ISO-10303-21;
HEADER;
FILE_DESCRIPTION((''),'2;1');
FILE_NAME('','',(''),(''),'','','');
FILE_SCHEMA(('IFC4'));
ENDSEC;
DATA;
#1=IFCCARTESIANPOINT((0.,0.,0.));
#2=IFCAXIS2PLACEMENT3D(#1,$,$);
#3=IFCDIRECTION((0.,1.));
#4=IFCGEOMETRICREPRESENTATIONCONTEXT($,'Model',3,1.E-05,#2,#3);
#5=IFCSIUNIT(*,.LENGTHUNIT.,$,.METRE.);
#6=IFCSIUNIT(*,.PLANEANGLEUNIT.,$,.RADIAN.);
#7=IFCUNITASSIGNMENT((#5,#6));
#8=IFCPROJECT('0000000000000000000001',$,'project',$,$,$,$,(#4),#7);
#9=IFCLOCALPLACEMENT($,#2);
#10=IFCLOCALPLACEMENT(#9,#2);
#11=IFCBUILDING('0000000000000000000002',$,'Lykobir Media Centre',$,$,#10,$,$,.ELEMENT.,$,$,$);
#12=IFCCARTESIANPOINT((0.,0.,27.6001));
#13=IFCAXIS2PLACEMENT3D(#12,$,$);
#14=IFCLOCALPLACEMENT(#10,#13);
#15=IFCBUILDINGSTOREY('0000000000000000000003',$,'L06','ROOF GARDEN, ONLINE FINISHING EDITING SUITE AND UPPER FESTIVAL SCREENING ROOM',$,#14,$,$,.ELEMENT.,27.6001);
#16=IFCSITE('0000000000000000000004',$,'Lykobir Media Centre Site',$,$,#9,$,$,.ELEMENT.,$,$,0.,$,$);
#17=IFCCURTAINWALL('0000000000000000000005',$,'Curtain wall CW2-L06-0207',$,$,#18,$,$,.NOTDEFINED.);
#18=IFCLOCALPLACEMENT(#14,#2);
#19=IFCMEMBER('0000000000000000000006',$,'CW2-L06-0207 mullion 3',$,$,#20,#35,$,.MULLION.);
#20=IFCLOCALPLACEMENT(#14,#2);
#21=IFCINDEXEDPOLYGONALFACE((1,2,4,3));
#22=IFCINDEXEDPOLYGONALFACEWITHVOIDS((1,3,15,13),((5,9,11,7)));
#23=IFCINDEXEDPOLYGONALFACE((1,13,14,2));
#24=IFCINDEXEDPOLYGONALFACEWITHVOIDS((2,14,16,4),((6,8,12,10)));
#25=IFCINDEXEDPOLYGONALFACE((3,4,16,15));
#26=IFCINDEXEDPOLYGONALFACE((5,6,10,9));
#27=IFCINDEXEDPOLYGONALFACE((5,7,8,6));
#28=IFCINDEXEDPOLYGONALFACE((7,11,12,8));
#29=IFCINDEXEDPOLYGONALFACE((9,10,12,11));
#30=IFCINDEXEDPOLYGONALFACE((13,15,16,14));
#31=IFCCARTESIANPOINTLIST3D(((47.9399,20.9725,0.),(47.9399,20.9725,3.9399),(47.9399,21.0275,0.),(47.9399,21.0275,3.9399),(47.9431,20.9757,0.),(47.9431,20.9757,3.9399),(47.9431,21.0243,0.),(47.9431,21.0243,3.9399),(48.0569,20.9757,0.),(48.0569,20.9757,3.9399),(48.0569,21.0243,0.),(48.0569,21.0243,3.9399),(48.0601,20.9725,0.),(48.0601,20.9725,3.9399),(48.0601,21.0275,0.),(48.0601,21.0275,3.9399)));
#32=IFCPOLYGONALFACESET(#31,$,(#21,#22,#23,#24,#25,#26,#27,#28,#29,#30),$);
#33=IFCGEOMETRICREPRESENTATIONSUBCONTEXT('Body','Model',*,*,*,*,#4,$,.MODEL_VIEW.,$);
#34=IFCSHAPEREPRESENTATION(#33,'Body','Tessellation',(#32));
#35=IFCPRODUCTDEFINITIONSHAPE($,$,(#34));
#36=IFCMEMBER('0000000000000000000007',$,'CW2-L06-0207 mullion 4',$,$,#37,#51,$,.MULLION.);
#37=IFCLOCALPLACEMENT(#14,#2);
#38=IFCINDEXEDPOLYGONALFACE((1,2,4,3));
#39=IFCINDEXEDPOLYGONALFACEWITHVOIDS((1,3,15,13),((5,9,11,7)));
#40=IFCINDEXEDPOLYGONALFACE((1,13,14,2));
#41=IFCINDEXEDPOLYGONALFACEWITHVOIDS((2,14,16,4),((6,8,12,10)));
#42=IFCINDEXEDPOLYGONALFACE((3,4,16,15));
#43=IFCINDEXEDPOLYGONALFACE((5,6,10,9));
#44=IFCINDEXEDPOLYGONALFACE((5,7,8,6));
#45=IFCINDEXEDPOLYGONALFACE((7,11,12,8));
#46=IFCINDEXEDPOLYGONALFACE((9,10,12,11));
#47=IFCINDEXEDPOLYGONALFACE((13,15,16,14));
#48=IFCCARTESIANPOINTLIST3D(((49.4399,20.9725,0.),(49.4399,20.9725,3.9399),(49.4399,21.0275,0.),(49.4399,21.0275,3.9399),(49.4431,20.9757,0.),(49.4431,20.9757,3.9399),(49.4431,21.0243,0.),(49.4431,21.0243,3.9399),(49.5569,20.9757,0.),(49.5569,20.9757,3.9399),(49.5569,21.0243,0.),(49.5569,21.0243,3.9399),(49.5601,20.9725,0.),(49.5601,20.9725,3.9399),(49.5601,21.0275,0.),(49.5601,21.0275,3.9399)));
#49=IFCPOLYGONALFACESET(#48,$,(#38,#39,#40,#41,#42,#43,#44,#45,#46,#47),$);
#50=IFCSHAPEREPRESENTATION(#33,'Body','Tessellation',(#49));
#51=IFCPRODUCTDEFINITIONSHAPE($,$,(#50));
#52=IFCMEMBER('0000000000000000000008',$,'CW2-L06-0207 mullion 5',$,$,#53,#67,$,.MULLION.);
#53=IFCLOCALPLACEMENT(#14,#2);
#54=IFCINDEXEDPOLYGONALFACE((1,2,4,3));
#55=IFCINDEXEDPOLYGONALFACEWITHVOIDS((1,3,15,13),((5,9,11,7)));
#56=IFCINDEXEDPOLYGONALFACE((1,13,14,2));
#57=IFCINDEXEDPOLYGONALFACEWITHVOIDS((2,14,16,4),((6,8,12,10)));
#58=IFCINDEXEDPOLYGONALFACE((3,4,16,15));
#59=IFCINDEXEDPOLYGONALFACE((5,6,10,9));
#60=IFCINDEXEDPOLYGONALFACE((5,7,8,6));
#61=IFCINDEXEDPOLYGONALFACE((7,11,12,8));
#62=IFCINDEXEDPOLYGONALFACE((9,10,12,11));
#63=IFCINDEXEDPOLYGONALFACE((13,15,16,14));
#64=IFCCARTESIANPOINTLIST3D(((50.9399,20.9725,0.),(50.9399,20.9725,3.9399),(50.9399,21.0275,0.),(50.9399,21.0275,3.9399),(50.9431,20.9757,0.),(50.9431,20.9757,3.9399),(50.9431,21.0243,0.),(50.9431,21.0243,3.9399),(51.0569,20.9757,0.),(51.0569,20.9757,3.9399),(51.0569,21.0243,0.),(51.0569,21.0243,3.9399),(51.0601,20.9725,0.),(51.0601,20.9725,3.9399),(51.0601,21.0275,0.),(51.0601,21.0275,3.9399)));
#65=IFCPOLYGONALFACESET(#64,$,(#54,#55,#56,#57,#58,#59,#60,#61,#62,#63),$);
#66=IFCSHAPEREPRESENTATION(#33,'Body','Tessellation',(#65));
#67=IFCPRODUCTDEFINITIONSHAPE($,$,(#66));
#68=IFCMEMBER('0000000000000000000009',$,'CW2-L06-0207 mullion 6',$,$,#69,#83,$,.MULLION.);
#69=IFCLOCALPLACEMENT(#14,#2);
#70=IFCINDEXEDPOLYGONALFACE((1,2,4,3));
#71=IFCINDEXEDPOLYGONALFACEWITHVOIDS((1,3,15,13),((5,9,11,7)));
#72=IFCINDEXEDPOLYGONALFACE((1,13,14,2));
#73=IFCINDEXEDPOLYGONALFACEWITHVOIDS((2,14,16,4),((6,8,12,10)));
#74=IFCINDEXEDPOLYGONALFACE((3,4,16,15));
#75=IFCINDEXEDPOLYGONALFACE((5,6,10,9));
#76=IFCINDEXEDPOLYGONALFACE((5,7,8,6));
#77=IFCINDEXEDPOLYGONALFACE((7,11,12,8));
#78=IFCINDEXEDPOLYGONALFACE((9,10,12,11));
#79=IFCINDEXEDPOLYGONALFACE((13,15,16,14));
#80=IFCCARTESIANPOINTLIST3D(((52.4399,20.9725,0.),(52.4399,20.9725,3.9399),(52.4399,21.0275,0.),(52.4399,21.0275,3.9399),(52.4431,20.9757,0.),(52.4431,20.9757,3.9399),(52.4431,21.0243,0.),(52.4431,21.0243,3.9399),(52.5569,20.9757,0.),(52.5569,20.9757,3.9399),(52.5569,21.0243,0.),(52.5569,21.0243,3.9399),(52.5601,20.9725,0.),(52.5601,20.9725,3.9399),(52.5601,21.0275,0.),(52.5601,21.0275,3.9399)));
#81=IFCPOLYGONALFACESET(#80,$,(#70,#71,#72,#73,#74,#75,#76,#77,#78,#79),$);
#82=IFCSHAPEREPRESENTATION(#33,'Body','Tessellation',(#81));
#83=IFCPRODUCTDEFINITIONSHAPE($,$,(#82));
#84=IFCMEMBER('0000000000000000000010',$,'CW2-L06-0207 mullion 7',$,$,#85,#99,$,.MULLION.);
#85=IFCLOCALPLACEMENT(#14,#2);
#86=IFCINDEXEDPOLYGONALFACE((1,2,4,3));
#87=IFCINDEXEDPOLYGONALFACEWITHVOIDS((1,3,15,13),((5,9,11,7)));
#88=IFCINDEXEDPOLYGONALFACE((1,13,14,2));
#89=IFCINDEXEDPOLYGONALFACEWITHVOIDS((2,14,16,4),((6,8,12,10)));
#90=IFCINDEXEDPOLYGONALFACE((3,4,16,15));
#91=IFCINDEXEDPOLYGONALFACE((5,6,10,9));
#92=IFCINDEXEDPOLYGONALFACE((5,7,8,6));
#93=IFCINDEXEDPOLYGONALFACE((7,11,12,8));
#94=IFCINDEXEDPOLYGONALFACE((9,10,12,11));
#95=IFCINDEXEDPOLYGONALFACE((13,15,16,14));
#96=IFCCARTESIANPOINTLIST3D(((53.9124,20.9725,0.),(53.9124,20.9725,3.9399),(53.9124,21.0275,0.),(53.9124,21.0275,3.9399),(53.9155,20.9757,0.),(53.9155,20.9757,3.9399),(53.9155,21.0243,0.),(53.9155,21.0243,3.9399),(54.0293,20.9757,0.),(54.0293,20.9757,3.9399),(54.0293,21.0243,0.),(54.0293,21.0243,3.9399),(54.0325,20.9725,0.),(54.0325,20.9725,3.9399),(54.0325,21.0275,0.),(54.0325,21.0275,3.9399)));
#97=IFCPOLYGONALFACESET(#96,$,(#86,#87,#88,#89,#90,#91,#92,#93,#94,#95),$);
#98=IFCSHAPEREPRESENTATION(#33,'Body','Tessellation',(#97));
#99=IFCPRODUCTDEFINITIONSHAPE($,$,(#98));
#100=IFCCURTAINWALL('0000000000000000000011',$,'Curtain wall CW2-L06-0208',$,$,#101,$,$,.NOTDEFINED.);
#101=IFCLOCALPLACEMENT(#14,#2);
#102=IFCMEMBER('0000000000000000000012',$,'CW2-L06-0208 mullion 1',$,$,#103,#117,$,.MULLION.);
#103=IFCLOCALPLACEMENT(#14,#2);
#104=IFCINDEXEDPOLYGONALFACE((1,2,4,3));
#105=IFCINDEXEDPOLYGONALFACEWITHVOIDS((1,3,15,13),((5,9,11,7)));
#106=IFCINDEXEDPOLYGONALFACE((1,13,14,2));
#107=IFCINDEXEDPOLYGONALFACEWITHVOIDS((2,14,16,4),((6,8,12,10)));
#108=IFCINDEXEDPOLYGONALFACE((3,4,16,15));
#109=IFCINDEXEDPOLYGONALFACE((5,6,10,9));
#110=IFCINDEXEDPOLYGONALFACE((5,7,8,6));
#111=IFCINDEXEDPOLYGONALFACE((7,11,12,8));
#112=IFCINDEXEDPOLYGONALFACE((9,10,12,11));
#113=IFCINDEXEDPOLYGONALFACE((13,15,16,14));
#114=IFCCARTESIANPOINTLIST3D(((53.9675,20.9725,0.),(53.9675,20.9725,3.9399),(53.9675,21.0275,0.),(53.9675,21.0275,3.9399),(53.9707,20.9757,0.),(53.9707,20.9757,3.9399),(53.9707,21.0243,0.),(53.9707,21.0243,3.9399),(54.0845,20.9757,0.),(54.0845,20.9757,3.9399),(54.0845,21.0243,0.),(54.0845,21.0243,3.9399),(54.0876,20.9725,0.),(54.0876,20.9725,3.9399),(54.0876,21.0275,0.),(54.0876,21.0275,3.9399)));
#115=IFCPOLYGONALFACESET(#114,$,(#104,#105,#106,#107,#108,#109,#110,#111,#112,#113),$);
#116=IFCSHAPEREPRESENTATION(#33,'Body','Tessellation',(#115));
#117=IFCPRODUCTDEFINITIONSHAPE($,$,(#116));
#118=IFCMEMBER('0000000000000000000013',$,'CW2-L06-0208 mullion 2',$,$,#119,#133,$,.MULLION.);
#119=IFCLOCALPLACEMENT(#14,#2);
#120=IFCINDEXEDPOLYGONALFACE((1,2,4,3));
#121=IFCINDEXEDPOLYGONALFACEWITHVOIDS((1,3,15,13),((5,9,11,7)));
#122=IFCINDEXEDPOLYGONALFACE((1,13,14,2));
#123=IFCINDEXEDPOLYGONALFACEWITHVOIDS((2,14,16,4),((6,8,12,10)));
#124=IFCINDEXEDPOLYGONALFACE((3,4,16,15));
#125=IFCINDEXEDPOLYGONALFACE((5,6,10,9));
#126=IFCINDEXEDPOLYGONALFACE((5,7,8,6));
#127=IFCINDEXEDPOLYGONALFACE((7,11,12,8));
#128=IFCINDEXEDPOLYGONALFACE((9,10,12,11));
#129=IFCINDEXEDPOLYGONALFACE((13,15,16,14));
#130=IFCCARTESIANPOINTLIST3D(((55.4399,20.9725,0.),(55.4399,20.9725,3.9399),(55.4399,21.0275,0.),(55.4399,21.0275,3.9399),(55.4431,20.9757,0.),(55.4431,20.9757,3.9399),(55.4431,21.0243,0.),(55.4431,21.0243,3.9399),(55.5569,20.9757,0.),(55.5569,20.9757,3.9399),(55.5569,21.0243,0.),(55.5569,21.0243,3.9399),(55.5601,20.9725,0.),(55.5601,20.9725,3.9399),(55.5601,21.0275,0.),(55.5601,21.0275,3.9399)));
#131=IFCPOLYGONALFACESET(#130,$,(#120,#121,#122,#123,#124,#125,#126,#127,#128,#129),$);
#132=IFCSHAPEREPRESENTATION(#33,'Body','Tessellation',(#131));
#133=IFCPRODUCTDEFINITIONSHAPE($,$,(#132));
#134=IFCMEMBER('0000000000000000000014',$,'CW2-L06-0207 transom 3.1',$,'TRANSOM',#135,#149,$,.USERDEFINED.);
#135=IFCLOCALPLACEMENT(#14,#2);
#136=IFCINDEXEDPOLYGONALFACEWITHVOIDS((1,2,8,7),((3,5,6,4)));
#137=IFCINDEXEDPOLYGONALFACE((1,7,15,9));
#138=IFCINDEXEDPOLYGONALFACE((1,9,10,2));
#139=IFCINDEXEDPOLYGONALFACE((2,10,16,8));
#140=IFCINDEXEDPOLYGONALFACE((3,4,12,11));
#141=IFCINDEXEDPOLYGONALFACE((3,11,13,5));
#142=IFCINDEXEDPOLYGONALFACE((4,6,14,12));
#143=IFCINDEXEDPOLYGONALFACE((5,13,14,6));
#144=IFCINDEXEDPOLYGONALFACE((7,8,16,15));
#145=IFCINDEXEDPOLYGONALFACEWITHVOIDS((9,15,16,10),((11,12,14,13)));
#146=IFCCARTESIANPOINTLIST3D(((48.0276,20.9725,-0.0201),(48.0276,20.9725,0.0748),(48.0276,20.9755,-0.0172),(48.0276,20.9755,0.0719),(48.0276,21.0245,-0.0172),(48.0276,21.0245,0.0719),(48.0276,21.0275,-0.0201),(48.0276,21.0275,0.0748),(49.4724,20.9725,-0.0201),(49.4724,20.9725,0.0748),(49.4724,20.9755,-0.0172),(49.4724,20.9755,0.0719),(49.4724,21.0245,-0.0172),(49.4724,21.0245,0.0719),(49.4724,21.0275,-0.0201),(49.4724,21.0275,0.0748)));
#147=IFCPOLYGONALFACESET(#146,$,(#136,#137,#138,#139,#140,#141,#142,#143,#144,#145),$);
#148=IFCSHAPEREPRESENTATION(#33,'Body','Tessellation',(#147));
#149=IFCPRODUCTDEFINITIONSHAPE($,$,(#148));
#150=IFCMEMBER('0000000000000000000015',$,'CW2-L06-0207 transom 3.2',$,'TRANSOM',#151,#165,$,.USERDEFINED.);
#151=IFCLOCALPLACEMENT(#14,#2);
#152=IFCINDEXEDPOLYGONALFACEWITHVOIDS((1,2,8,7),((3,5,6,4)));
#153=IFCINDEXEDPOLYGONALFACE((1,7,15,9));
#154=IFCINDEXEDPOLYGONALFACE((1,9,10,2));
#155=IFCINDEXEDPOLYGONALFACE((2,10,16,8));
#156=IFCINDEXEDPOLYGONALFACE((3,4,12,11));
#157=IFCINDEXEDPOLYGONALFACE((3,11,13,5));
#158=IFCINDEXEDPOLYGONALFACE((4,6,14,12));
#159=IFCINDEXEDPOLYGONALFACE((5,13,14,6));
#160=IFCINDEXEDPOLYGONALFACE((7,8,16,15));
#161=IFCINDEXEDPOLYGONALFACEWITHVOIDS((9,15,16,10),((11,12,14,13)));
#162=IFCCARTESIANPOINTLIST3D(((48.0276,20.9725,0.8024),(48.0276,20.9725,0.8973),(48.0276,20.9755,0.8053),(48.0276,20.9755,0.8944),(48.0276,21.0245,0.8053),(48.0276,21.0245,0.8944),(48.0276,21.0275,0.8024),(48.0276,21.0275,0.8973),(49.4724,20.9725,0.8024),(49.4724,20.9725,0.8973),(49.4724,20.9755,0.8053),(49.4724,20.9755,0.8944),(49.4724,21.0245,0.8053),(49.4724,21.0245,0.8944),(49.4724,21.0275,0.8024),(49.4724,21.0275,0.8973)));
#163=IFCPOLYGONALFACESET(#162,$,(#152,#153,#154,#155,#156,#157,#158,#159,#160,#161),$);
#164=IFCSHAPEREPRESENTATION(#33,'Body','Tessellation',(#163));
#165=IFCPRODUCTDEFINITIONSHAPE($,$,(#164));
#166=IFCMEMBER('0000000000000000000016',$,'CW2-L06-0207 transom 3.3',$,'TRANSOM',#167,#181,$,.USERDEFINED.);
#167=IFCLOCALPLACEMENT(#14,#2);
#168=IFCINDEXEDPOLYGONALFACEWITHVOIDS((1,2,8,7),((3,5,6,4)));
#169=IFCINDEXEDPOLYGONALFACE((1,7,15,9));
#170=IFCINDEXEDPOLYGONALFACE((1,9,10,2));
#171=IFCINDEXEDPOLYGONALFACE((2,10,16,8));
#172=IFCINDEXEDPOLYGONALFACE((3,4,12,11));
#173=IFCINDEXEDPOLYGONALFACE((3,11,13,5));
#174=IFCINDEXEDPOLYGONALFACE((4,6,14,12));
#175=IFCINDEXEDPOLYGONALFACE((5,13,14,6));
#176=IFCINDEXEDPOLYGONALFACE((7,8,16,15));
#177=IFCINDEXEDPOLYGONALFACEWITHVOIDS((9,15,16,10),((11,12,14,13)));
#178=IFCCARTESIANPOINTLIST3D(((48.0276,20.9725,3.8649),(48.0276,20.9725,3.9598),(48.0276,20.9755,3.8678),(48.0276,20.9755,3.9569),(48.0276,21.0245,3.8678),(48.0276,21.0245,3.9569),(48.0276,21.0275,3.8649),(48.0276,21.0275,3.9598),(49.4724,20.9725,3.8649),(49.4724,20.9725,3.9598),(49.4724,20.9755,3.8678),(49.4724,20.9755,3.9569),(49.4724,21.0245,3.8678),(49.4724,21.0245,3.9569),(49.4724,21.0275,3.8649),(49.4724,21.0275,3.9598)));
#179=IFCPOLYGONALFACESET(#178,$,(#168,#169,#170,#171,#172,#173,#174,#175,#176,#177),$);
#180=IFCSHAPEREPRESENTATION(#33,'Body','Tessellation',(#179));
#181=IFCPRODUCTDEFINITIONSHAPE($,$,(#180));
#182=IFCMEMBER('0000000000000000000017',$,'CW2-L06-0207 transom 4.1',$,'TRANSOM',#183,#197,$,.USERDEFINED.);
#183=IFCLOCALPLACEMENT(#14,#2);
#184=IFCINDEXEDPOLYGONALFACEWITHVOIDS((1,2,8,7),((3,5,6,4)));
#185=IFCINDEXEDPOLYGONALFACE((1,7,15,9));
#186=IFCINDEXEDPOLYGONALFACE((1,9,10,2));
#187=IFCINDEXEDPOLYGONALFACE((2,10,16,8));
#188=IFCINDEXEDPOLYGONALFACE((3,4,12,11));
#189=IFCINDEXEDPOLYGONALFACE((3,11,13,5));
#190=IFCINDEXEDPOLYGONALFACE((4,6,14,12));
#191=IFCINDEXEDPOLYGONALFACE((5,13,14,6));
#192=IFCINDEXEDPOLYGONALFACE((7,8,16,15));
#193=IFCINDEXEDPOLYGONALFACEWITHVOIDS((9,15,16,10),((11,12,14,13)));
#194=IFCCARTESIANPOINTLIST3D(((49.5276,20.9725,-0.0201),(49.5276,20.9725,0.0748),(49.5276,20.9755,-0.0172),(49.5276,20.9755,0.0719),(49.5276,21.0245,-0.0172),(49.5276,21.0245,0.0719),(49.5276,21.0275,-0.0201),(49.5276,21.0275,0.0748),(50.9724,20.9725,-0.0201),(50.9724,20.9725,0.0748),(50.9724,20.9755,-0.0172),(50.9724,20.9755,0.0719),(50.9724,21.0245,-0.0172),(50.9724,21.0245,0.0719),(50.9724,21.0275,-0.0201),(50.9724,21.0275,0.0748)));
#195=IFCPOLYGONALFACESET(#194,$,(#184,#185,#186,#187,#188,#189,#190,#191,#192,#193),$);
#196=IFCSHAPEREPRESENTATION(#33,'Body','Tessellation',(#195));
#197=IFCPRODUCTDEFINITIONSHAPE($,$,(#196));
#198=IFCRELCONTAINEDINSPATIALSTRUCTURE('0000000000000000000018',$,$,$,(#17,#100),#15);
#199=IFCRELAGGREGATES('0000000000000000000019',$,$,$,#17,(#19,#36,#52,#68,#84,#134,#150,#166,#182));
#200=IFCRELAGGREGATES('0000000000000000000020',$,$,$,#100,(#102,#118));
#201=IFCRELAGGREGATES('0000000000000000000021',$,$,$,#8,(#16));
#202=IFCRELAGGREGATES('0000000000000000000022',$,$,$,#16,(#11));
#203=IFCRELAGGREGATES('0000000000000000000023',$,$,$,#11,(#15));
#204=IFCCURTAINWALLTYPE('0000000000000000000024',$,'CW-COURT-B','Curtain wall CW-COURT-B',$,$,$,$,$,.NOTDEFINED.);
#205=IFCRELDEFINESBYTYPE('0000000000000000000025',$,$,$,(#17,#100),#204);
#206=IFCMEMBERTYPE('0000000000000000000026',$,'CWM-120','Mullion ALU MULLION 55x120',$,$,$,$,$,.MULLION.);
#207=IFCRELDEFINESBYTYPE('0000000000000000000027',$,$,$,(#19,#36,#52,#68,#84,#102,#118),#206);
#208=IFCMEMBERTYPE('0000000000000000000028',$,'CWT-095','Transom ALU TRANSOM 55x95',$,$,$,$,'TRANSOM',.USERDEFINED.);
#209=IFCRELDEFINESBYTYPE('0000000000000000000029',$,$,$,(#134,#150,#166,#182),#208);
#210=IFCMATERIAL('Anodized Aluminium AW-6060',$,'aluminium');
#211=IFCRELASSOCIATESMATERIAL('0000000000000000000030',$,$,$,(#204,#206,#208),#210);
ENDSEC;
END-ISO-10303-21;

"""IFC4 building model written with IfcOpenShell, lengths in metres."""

from ifc_helpers import new_model, si_unit, direction, frame, origin, origin_2d, place, context, subcontext, project, spatial, hollow_rectangle, extrude, material, material_profile, profile_set, type_object, element, aggregate, save


model = new_model("IFC4")

# Units and contexts
model_context = context("Model", 3, precision=1e-05, world=origin(), true_north=direction((0.0, 1.0)))
body_context = subcontext(model_context, "Body", "Model", "MODEL_VIEW")
ifc_project = project(units=[si_unit("LENGTHUNIT", "METRE"), si_unit("PLANEANGLEUNIT", "RADIAN")], contexts=[model_context])

# Site, building, storey
site_placement = place(None, origin())
site = spatial("IfcSite", under=ifc_project, at=site_placement, Name="Lykobir Media Centre Site", CompositionType="ELEMENT", RefElevation=0.0)
building_placement = place(site_placement, origin())
building = spatial("IfcBuilding", under=site, at=building_placement, Name="Lykobir Media Centre", CompositionType="ELEMENT")
storey_placement = place(building_placement, frame((0.0, 0.0, 27.6001)))
storey = spatial("IfcBuildingStorey", under=building, at=storey_placement, Name="L06", Description="ROOF GARDEN, ONLINE FINISHING EDITING SUITE AND UPPER FESTIVAL SCREENING ROOM", CompositionType="ELEMENT", Elevation=27.6001)

# Curtain walls, members
ifc_material_1 = material(Name="Anodized Aluminium AW-6060", Category="aluminium")
curtain_wall_type = type_object("IfcCurtainWallType", Name="CW-COURT-B", Description="Curtain wall CW-COURT-B", PredefinedType="NOTDEFINED", material=ifc_material_1)
curtain_wall_1_placement = place(storey_placement, origin())
curtain_wall_1 = element("IfcCurtainWall", 1, at=curtain_wall_1_placement, inside=storey, type_object=curtain_wall_type, Name="Curtain wall CW2-L06-0207", PredefinedType="NOTDEFINED")
ifc_material_profile_1 = material_profile(ifc_material_1, hollow_rectangle(XDim=0.0549, YDim=0.1201, WallThickness=0.0032, at=origin_2d()), Name="ALU MULLION 55x120")
ifc_profile_set_1 = profile_set([ifc_material_profile_1], Name="Anodized Aluminium AW-6060")
member_type_1 = type_object("IfcMemberType", Name="CWM-120", Description="Mullion ALU MULLION 55x120", PredefinedType="MULLION", material=ifc_profile_set_1)
member_1_placement = place(storey_placement, frame((48.0, 21.0, 0.0), z_axis=(0.0, 0.0, 1.0), x_axis=(0.0, 1.0, 0.0)))
member_1 = element("IfcMember", 2, at=member_1_placement, type_object=member_type_1, Name="CW2-L06-0207 mullion 3", PredefinedType="MULLION", context=body_context, shape_type="SweptSolid", body=[
    extrude(hollow_rectangle(XDim=0.0549, YDim=0.1201, WallThickness=0.0032, at=origin_2d()), origin(), (0.0, 0.0, 1.0), 3.9399),
])
member_2_placement = place(storey_placement, frame((49.5, 21.0, 0.0), z_axis=(0.0, 0.0, 1.0), x_axis=(0.0, 1.0, 0.0)))
member_2 = element("IfcMember", 3, at=member_2_placement, type_object=member_type_1, Name="CW2-L06-0207 mullion 4", PredefinedType="MULLION", context=body_context, shape_type="SweptSolid", body=[
    extrude(hollow_rectangle(XDim=0.0549, YDim=0.1201, WallThickness=0.0032, at=origin_2d()), origin(), (0.0, 0.0, 1.0), 3.9399),
])
member_3_placement = place(storey_placement, frame((51.0, 21.0, 0.0), z_axis=(0.0, 0.0, 1.0), x_axis=(0.0, 1.0, 0.0)))
member_3 = element("IfcMember", 4, at=member_3_placement, type_object=member_type_1, Name="CW2-L06-0207 mullion 5", PredefinedType="MULLION", context=body_context, shape_type="SweptSolid", body=[
    extrude(hollow_rectangle(XDim=0.0549, YDim=0.1201, WallThickness=0.0032, at=origin_2d()), origin(), (0.0, 0.0, 1.0), 3.9399),
])
member_4_placement = place(storey_placement, frame((52.5, 21.0, 0.0), z_axis=(0.0, 0.0, 1.0), x_axis=(0.0, 1.0, 0.0)))
member_4 = element("IfcMember", 5, at=member_4_placement, type_object=member_type_1, Name="CW2-L06-0207 mullion 6", PredefinedType="MULLION", context=body_context, shape_type="SweptSolid", body=[
    extrude(hollow_rectangle(XDim=0.0549, YDim=0.1201, WallThickness=0.0032, at=origin_2d()), origin(), (0.0, 0.0, 1.0), 3.9399),
])
member_5_placement = place(storey_placement, frame((53.9724, 21.0, 0.0), z_axis=(0.0, 0.0, 1.0), x_axis=(0.0, 1.0, 0.0)))
member_5 = element("IfcMember", 6, at=member_5_placement, type_object=member_type_1, Name="CW2-L06-0207 mullion 7", PredefinedType="MULLION", context=body_context, shape_type="SweptSolid", body=[
    extrude(hollow_rectangle(XDim=0.0549, YDim=0.1201, WallThickness=0.0032, at=origin_2d()), origin(), (0.0, 0.0, 1.0), 3.9399),
])
curtain_wall_2_placement = place(storey_placement, origin())
curtain_wall_2 = element("IfcCurtainWall", 7, at=curtain_wall_2_placement, inside=storey, type_object=curtain_wall_type, Name="Curtain wall CW2-L06-0208", PredefinedType="NOTDEFINED")
member_6_placement = place(storey_placement, frame((54.0276, 21.0, 0.0), z_axis=(0.0, 0.0, 1.0), x_axis=(0.0, 1.0, 0.0)))
member_6 = element("IfcMember", 8, at=member_6_placement, type_object=member_type_1, Name="CW2-L06-0208 mullion 1", PredefinedType="MULLION", context=body_context, shape_type="SweptSolid", body=[
    extrude(hollow_rectangle(XDim=0.0549, YDim=0.1201, WallThickness=0.0032, at=origin_2d()), origin(), (0.0, 0.0, 1.0), 3.9399),
])
member_7_placement = place(storey_placement, frame((55.5, 21.0, 0.0), z_axis=(0.0, 0.0, 1.0), x_axis=(0.0, 1.0, 0.0)))
member_7 = element("IfcMember", 9, at=member_7_placement, type_object=member_type_1, Name="CW2-L06-0208 mullion 2", PredefinedType="MULLION", context=body_context, shape_type="SweptSolid", body=[
    extrude(hollow_rectangle(XDim=0.0549, YDim=0.1201, WallThickness=0.0032, at=origin_2d()), origin(), (0.0, 0.0, 1.0), 3.9399),
])

# Members
ifc_material_profile_2 = material_profile(ifc_material_1, hollow_rectangle(XDim=0.0549, YDim=0.095, WallThickness=0.0029, at=origin_2d()), Name="ALU TRANSOM 55x95")
ifc_profile_set_2 = profile_set([ifc_material_profile_2], Name="Anodized Aluminium AW-6060")
member_type_2 = type_object("IfcMemberType", Name="CWT-095", Description="Transom ALU TRANSOM 55x95", ElementType="TRANSOM", PredefinedType="USERDEFINED", material=ifc_profile_set_2)
member_8_placement = place(storey_placement, frame((48.0276, 21.0, 0.0273), z_axis=(1.0, 0.0, 0.0), x_axis=(0.0, 1.0, 0.0)))
member_8 = element("IfcMember", 10, at=member_8_placement, type_object=member_type_2, Name="CW2-L06-0207 transom 3.1", ObjectType="TRANSOM", PredefinedType="USERDEFINED", context=body_context, shape_type="SweptSolid", body=[
    extrude(hollow_rectangle(XDim=0.0549, YDim=0.095, WallThickness=0.0029, at=origin_2d()), origin(), (0.0, 0.0, 1.0), 1.4448),
])
member_9_placement = place(storey_placement, frame((48.0276, 21.0, 0.8499), z_axis=(1.0, 0.0, 0.0), x_axis=(0.0, 1.0, 0.0)))
member_9 = element("IfcMember", 11, at=member_9_placement, type_object=member_type_2, Name="CW2-L06-0207 transom 3.2", ObjectType="TRANSOM", PredefinedType="USERDEFINED", context=body_context, shape_type="SweptSolid", body=[
    extrude(hollow_rectangle(XDim=0.0549, YDim=0.095, WallThickness=0.0029, at=origin_2d()), origin(), (0.0, 0.0, 1.0), 1.4448),
])
member_10_placement = place(storey_placement, frame((48.0276, 21.0, 3.9124), z_axis=(1.0, 0.0, 0.0), x_axis=(0.0, 1.0, 0.0)))
member_10 = element("IfcMember", 12, at=member_10_placement, type_object=member_type_2, Name="CW2-L06-0207 transom 3.3", ObjectType="TRANSOM", PredefinedType="USERDEFINED", context=body_context, shape_type="SweptSolid", body=[
    extrude(hollow_rectangle(XDim=0.0549, YDim=0.095, WallThickness=0.0029, at=origin_2d()), origin(), (0.0, 0.0, 1.0), 1.4448),
])
member_11_placement = place(storey_placement, frame((49.5276, 21.0, 0.0273), z_axis=(1.0, 0.0, 0.0), x_axis=(0.0, 1.0, 0.0)))
member_11 = element("IfcMember", 13, at=member_11_placement, type_object=member_type_2, Name="CW2-L06-0207 transom 4.1", ObjectType="TRANSOM", PredefinedType="USERDEFINED", context=body_context, shape_type="SweptSolid", body=[
    extrude(hollow_rectangle(XDim=0.0549, YDim=0.095, WallThickness=0.0029, at=origin_2d()), origin(), (0.0, 0.0, 1.0), 1.4448),
])

aggregate(curtain_wall_1, [member_1, member_2, member_3, member_4, member_5, member_8, member_9, member_10, member_11])
aggregate(curtain_wall_2, [member_6, member_7])

save(model, "model.ifc")
